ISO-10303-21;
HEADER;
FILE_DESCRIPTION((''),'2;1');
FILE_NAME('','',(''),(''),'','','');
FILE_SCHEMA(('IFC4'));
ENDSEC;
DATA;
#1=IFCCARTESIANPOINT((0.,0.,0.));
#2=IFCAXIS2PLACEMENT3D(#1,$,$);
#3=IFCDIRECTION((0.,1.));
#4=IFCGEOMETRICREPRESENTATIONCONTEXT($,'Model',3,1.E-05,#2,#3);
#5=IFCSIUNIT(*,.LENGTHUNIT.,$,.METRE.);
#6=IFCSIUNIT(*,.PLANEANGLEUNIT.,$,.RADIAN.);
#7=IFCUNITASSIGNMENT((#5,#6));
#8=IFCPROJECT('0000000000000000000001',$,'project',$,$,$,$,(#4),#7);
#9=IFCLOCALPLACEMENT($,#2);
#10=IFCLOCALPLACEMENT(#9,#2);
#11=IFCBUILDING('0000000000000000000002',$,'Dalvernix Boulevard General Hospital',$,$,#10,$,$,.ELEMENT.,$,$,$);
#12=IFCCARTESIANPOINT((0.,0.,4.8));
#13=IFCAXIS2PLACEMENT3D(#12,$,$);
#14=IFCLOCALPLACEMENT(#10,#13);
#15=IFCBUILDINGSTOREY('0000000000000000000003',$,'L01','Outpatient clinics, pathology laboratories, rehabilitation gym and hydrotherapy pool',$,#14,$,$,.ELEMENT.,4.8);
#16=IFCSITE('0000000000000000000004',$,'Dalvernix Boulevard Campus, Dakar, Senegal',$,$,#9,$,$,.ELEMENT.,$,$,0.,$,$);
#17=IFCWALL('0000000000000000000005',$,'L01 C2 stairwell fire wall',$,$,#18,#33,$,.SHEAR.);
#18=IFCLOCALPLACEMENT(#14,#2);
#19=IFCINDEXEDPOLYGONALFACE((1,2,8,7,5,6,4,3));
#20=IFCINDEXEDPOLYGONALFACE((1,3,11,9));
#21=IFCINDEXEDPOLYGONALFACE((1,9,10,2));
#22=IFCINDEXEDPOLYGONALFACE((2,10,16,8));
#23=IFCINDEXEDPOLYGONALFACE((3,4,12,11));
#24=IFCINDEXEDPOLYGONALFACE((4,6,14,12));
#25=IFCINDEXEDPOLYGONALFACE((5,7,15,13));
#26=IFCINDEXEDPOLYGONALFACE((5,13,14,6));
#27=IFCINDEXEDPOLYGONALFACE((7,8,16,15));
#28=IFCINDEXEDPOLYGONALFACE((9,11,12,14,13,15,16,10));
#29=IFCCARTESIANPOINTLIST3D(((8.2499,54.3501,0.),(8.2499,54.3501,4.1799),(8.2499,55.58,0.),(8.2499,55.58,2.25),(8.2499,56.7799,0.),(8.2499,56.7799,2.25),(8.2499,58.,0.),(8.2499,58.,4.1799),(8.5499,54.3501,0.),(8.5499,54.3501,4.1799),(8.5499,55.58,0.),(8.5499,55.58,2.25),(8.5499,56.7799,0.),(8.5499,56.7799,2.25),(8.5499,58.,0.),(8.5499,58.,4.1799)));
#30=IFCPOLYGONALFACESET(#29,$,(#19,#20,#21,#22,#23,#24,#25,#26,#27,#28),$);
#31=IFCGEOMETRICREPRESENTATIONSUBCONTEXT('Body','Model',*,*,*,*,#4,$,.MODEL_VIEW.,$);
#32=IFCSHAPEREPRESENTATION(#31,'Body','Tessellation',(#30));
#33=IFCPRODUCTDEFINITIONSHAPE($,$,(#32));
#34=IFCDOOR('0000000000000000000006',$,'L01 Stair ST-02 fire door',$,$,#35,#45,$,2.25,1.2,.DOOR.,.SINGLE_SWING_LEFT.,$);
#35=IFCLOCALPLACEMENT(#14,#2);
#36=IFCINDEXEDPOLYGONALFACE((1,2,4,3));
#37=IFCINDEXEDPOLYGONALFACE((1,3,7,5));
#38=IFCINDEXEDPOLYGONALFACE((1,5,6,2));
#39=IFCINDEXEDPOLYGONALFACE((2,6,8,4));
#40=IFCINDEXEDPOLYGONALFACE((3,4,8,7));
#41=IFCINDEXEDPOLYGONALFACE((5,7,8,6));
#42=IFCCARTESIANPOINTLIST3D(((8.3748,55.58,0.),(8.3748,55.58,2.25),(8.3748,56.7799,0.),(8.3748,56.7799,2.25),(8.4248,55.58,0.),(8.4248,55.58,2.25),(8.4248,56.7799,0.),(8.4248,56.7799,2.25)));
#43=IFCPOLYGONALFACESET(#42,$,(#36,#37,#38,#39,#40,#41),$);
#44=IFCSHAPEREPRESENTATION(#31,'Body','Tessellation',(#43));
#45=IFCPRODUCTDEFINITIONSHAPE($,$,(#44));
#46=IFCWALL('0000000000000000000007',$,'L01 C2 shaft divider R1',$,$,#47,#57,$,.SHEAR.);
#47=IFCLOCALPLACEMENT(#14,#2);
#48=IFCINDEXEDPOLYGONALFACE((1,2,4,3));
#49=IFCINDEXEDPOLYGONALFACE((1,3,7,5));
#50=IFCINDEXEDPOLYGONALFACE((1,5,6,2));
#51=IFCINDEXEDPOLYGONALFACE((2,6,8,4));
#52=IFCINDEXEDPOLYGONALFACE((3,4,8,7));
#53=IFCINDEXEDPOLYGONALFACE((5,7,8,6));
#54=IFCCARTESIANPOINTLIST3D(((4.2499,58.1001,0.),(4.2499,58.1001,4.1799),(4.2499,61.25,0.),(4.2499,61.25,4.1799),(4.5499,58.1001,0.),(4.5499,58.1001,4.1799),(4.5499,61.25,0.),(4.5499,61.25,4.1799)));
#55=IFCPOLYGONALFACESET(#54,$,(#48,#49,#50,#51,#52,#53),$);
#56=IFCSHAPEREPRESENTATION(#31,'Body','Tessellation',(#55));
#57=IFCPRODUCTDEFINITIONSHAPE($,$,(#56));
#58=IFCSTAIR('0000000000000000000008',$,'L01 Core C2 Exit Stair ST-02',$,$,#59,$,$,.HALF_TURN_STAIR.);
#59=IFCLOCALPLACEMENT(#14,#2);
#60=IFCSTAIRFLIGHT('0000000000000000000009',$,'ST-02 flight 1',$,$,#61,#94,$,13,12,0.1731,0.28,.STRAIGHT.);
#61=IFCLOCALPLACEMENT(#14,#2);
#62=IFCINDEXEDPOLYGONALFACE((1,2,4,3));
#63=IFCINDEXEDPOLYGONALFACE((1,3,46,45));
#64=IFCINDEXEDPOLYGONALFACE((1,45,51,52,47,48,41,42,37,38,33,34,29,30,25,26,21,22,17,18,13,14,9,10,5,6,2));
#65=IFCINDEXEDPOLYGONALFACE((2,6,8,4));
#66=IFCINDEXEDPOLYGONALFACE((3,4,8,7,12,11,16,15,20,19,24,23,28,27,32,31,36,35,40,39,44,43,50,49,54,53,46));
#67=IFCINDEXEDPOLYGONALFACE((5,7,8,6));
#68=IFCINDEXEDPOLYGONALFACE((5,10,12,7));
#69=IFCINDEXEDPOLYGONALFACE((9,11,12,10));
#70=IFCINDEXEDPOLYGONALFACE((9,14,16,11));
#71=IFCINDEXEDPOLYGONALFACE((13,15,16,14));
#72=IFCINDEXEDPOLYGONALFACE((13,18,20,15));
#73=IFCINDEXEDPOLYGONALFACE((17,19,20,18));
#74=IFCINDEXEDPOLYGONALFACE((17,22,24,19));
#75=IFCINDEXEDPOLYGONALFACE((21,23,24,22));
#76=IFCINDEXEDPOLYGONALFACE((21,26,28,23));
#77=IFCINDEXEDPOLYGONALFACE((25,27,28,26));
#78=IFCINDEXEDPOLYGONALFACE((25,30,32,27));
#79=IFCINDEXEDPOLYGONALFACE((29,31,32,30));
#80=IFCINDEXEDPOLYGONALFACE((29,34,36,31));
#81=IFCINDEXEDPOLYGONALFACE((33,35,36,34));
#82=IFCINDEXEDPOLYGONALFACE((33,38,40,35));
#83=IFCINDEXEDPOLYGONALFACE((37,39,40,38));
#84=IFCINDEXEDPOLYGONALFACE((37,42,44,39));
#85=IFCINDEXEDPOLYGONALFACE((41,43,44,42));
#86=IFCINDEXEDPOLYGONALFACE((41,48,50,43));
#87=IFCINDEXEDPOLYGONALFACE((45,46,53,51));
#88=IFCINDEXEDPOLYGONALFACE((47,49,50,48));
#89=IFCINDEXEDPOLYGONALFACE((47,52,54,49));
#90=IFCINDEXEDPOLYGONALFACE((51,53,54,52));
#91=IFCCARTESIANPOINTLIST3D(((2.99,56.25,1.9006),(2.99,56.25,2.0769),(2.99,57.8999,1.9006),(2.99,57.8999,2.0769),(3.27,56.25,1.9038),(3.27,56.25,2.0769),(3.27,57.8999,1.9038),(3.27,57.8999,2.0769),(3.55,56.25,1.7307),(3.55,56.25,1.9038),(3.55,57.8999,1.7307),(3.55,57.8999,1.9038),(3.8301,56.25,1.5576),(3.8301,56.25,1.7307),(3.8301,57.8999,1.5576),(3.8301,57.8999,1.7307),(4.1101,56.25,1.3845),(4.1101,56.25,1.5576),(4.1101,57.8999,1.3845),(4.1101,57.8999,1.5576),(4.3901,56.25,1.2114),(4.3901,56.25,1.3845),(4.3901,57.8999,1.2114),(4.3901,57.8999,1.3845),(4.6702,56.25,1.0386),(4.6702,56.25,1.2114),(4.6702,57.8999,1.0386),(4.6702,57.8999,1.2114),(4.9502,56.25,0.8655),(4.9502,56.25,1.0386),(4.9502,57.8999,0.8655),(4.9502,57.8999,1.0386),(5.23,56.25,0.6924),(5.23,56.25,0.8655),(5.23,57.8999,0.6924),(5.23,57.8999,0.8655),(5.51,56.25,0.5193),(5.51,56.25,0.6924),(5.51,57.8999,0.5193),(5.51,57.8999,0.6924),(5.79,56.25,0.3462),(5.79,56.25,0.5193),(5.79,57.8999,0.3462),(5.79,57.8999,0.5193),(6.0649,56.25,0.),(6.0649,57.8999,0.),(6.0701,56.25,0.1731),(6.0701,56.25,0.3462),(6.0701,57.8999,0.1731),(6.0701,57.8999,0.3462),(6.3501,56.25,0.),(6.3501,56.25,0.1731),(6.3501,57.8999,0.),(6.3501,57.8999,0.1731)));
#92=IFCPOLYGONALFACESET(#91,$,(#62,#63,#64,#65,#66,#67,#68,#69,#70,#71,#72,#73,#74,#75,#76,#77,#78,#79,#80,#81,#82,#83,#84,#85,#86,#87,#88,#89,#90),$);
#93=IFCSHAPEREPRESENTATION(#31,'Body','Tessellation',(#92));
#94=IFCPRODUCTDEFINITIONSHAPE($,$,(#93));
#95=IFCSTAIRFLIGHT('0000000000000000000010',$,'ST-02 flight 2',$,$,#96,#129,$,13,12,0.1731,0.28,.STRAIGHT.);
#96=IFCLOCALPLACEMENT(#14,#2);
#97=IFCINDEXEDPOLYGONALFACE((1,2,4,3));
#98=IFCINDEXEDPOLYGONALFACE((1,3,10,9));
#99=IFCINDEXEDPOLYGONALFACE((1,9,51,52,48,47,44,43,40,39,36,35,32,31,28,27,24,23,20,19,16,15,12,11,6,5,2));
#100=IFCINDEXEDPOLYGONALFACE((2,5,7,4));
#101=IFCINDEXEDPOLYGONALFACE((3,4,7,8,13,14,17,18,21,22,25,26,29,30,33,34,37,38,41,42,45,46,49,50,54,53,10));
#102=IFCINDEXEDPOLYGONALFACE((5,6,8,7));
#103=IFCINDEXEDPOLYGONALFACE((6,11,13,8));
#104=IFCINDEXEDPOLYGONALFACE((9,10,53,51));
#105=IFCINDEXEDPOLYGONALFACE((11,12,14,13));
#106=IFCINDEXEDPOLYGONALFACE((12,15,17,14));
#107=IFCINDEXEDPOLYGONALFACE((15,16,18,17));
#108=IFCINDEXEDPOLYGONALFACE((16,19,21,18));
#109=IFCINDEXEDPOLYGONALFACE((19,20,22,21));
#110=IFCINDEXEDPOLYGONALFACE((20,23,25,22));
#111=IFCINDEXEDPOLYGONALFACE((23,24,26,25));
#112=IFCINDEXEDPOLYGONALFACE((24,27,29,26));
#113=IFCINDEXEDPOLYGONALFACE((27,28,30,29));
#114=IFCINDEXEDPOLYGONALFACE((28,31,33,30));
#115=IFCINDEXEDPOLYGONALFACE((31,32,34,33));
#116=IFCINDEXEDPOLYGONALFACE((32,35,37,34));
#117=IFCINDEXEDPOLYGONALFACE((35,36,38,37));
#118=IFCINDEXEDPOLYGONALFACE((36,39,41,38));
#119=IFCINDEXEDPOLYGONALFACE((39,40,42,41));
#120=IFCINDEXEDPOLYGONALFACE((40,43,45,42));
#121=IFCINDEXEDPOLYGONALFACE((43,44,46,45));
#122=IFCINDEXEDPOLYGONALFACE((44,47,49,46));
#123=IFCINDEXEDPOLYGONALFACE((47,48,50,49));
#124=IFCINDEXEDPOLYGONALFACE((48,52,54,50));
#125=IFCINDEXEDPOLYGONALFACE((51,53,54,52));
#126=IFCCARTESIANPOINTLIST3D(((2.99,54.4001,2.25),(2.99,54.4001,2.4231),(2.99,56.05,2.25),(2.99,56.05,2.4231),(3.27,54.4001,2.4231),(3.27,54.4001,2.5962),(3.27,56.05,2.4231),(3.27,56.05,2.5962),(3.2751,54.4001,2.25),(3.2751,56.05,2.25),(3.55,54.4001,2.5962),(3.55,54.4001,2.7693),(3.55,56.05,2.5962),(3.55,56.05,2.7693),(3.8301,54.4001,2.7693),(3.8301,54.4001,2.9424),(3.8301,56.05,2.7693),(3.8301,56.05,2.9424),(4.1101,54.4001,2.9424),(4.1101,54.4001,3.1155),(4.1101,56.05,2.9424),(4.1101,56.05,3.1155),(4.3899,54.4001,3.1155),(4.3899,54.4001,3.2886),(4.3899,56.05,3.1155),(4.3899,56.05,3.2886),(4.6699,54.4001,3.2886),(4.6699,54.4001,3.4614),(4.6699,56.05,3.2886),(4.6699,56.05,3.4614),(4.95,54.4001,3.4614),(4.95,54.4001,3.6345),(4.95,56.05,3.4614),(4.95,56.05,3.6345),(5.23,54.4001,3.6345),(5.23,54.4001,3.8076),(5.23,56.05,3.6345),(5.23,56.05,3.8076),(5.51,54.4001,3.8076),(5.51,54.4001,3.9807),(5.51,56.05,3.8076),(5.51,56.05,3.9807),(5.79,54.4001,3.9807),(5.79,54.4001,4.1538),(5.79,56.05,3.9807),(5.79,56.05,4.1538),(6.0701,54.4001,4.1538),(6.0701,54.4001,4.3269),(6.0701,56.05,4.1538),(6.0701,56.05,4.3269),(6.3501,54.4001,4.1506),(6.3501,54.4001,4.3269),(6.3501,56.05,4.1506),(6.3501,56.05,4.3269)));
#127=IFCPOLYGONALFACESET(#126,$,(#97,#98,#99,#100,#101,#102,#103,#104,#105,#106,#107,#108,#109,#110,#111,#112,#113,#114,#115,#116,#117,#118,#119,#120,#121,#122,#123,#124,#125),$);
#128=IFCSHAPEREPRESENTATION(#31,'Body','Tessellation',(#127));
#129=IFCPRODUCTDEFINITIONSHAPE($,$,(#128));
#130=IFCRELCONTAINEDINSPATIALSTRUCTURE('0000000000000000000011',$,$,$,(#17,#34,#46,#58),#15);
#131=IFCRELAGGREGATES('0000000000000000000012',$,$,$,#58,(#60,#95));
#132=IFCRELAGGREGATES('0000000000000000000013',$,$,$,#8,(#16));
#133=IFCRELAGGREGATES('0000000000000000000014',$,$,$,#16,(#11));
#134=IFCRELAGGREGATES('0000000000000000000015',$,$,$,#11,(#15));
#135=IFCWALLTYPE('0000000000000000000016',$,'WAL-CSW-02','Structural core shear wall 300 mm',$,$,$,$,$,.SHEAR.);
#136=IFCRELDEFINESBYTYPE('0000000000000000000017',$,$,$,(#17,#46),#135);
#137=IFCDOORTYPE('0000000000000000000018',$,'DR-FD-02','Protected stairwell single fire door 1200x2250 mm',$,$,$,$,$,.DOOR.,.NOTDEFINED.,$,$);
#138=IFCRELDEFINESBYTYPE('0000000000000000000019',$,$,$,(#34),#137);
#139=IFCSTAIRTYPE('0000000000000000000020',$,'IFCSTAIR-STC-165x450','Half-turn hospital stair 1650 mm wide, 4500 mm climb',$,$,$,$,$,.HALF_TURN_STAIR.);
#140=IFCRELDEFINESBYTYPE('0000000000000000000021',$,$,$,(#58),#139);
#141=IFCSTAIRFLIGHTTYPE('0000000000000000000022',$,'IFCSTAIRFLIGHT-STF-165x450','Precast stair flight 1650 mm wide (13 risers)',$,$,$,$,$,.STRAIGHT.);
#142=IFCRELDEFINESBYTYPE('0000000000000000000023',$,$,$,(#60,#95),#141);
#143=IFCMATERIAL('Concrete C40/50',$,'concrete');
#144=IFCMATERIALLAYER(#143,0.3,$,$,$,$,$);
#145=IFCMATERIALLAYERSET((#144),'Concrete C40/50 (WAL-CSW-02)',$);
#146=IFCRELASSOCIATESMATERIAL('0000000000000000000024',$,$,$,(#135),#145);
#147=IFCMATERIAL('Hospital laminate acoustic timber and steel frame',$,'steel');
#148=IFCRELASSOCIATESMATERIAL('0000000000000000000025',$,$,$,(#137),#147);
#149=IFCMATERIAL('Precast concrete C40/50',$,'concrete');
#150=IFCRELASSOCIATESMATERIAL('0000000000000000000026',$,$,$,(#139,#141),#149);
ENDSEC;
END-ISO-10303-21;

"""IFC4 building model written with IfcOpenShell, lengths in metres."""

from ifc_helpers import new_model, si_unit, direction, frame, frame_2d, origin, place, context, subcontext, project, spatial, polyline, rectangle, outline, extrude, material, layer, layer_set, type_object, element, fill, aggregate, save


model = new_model("IFC4")

# Units and contexts
model_context = context("Model", 3, precision=1e-05, world=origin(), true_north=direction((0.0, 1.0)))
body_context = subcontext(model_context, "Body", "Model", "MODEL_VIEW")
ifc_project = project(units=[si_unit("LENGTHUNIT", "METRE"), si_unit("PLANEANGLEUNIT", "RADIAN")], contexts=[model_context])

# Site, building, storey
site_placement = place(None, origin())
site = spatial("IfcSite", under=ifc_project, at=site_placement, Name="Dalvernix Boulevard Campus, Dakar, Senegal", CompositionType="ELEMENT", RefElevation=0.0)
building_placement = place(site_placement, origin())
building = spatial("IfcBuilding", under=site, at=building_placement, Name="Dalvernix Boulevard General Hospital", CompositionType="ELEMENT")
storey_placement = place(building_placement, frame((0.0, 0.0, 4.8)))
storey = spatial("IfcBuildingStorey", under=building, at=storey_placement, Name="L01", Description="Outpatient clinics, pathology laboratories, rehabilitation gym and hydrotherapy pool", CompositionType="ELEMENT", Elevation=4.8)

# Shared definitions
ifc_material_1 = material(Name="Concrete C40/50", Category="concrete")

# Shared definitions
ifc_material_2 = material(Name="Hospital laminate acoustic timber and steel frame", Category="steel")

# Shared definitions
ifc_layer_1 = layer(ifc_material_1, 0.3)
ifc_layer_set_1 = layer_set([ifc_layer_1], Name="Concrete C40/50 (WAL-CSW-02)")
wall_type_1 = type_object("IfcWallType", Name="WAL-CSW-02", Description="Structural core shear wall 300 mm", PredefinedType="SHEAR", material=ifc_layer_set_1)

# Wall, opening, door
wall_1_placement = place(storey_placement, frame((8.3999, 58.0, 0.0), z_axis=(0.0, 0.0, 1.0), x_axis=(0.0, -1.0, 0.0)))
wall_1 = element("IfcWall", 1, at=wall_1_placement, inside=storey, type_object=wall_type_1, Name="L01 C2 stairwell fire wall", PredefinedType="SHEAR", context=body_context, shape_type="SweptSolid", body=[
    extrude(rectangle(XDim=3.6499, YDim=0.3, at=frame_2d((1.825, 0.0))), origin(), (0.0, 0.0, 1.0), 4.1799),
])
opening_1_placement = place(wall_1_placement, frame((1.22, 0.0, 0.0)))
opening_1 = element("IfcOpeningElement", 2, at=opening_1_placement, cuts=wall_1, PredefinedType="OPENING", context=body_context, shape_type="SweptSolid", body=[
    extrude(rectangle(XDim=1.2, YDim=2.25, at=frame_2d((0.6001, 1.125))), frame((0.0, 0.1599, 0.0), z_axis=(0.0, -1.0, 0.0), x_axis=(1.0, 0.0, 0.0)), (0.0, 0.0, 1.0), 0.3201),
])
door_type_1 = type_object("IfcDoorType", Name="DR-FD-02", Description="Protected stairwell single fire door 1200x2250 mm", OperationType="NOTDEFINED", PredefinedType="DOOR", material=ifc_material_2)
door_1_placement = place(opening_1_placement, origin())
door_1 = element("IfcDoor", 3, at=door_1_placement, inside=storey, type_object=door_type_1, Name="L01 Stair ST-02 fire door", OperationType="SINGLE_SWING_LEFT", OverallHeight=2.25, OverallWidth=1.2, PredefinedType="DOOR", context=body_context, shape_type="SweptSolid", body=[
    extrude(rectangle(XDim=1.2, YDim=2.25, at=frame_2d((0.6001, 1.125))), frame((0.0, 0.0249, 0.0), z_axis=(0.0, -1.0, 0.0), x_axis=(1.0, 0.0, 0.0)), (0.0, 0.0, 1.0), 0.05),
])
fill(opening_1, door_1)

# Wall
wall_2_placement = place(storey_placement, frame((4.3999, 58.1001, 0.0), z_axis=(0.0, 0.0, 1.0), x_axis=(0.0, 1.0, 0.0)))
element("IfcWall", 4, at=wall_2_placement, inside=storey, type_object=wall_type_1, Name="L01 C2 shaft divider R1", PredefinedType="SHEAR", context=body_context, shape_type="SweptSolid", body=[
    extrude(rectangle(XDim=3.1499, YDim=0.3, at=frame_2d((1.575, 0.0))), origin(), (0.0, 0.0, 1.0), 4.1799),
])

# Stair, stair flights
ifc_material_3 = material(Name="Precast concrete C40/50", Category="concrete")
stair_type = type_object("IfcStairType", Name="IFCSTAIR-STC-165x450", Description="Half-turn hospital stair 1650 mm wide, 4500 mm climb", PredefinedType="HALF_TURN_STAIR", material=ifc_material_3)
stair_placement = place(storey_placement, origin())
stair = element("IfcStair", 5, at=stair_placement, inside=storey, type_object=stair_type, Name="L01 Core C2 Exit Stair ST-02", PredefinedType="HALF_TURN_STAIR")
stair_flight_type = type_object("IfcStairFlightType", Name="IFCSTAIRFLIGHT-STF-165x450", Description="Precast stair flight 1650 mm wide (13 risers)", PredefinedType="STRAIGHT", material=ifc_material_3)
stair_flight_1_placement = place(storey_placement, frame((6.3501, 57.075, 0.0), z_axis=(0.0, 0.0, 1.0), x_axis=(-1.0, 0.0, 0.0)))
stair_flight_1 = element("IfcStairFlight", 6, at=stair_flight_1_placement, type_object=stair_flight_type, Name="ST-02 flight 1", NumberOfRisers=13, NumberOfTreads=12, PredefinedType="STRAIGHT", RiserHeight=0.1731, TreadLength=0.28, context=body_context, shape_type="SweptSolid", body=[
    extrude(outline(polyline([(0.0, 0.0), (0.0, 0.1731), (0.28, 0.1731), (0.28, 0.3462), (0.5601, 0.3462), (0.5601, 0.5193), (0.8401, 0.5193), (0.8401, 0.6924), (1.1201, 0.6924), (1.1201, 0.8655), (1.3999, 0.8655), (1.3999, 1.0386), (1.6799, 1.0386), (1.6799, 1.2114), (1.96, 1.2114), (1.96, 1.3845), (2.24, 1.3845), (2.24, 1.5576), (2.52, 1.5576), (2.52, 1.7307), (2.8, 1.7307), (2.8, 1.9038), (3.0801, 1.9038), (3.0801, 2.0769), (3.3601, 2.0769), (3.3601, 2.25), (3.3601, 1.9006), (0.2852, 0.0), (0.0, 0.0)])), frame((0.0, 0.825, 0.0), z_axis=(0.0, -1.0, 0.0), x_axis=(1.0, 0.0, 0.0)), (0.0, 0.0, 1.0), 1.6499),
])
stair_flight_2_placement = place(storey_placement, frame((2.99, 55.2251, 2.25), z_axis=(0.0, 0.0, 1.0), x_axis=(1.0, 0.0, 0.0)))
stair_flight_2 = element("IfcStairFlight", 7, at=stair_flight_2_placement, type_object=stair_flight_type, Name="ST-02 flight 2", NumberOfRisers=13, NumberOfTreads=12, PredefinedType="STRAIGHT", RiserHeight=0.1731, TreadLength=0.28, context=body_context, shape_type="SweptSolid", body=[
    extrude(outline(polyline([(0.0, 0.0), (0.0, 0.1731), (0.28, 0.1731), (0.28, 0.3462), (0.5601, 0.3462), (0.5601, 0.5193), (0.8401, 0.5193), (0.8401, 0.6924), (1.1201, 0.6924), (1.1201, 0.8655), (1.3999, 0.8655), (1.3999, 1.0386), (1.6799, 1.0386), (1.6799, 1.2114), (1.96, 1.2114), (1.96, 1.3845), (2.24, 1.3845), (2.24, 1.5576), (2.52, 1.5576), (2.52, 1.7307), (2.8, 1.7307), (2.8, 1.9038), (3.0801, 1.9038), (3.0801, 2.0769), (3.3601, 2.0769), (3.3601, 2.25), (3.3601, 1.9006), (0.2852, 0.0), (0.0, 0.0)])), frame((0.0, 0.825, 0.0), z_axis=(0.0, -1.0, 0.0), x_axis=(1.0, 0.0, 0.0)), (0.0, 0.0, 1.0), 1.6499),
])
aggregate(stair, [stair_flight_1, stair_flight_2])

save(model, "model.ifc")
